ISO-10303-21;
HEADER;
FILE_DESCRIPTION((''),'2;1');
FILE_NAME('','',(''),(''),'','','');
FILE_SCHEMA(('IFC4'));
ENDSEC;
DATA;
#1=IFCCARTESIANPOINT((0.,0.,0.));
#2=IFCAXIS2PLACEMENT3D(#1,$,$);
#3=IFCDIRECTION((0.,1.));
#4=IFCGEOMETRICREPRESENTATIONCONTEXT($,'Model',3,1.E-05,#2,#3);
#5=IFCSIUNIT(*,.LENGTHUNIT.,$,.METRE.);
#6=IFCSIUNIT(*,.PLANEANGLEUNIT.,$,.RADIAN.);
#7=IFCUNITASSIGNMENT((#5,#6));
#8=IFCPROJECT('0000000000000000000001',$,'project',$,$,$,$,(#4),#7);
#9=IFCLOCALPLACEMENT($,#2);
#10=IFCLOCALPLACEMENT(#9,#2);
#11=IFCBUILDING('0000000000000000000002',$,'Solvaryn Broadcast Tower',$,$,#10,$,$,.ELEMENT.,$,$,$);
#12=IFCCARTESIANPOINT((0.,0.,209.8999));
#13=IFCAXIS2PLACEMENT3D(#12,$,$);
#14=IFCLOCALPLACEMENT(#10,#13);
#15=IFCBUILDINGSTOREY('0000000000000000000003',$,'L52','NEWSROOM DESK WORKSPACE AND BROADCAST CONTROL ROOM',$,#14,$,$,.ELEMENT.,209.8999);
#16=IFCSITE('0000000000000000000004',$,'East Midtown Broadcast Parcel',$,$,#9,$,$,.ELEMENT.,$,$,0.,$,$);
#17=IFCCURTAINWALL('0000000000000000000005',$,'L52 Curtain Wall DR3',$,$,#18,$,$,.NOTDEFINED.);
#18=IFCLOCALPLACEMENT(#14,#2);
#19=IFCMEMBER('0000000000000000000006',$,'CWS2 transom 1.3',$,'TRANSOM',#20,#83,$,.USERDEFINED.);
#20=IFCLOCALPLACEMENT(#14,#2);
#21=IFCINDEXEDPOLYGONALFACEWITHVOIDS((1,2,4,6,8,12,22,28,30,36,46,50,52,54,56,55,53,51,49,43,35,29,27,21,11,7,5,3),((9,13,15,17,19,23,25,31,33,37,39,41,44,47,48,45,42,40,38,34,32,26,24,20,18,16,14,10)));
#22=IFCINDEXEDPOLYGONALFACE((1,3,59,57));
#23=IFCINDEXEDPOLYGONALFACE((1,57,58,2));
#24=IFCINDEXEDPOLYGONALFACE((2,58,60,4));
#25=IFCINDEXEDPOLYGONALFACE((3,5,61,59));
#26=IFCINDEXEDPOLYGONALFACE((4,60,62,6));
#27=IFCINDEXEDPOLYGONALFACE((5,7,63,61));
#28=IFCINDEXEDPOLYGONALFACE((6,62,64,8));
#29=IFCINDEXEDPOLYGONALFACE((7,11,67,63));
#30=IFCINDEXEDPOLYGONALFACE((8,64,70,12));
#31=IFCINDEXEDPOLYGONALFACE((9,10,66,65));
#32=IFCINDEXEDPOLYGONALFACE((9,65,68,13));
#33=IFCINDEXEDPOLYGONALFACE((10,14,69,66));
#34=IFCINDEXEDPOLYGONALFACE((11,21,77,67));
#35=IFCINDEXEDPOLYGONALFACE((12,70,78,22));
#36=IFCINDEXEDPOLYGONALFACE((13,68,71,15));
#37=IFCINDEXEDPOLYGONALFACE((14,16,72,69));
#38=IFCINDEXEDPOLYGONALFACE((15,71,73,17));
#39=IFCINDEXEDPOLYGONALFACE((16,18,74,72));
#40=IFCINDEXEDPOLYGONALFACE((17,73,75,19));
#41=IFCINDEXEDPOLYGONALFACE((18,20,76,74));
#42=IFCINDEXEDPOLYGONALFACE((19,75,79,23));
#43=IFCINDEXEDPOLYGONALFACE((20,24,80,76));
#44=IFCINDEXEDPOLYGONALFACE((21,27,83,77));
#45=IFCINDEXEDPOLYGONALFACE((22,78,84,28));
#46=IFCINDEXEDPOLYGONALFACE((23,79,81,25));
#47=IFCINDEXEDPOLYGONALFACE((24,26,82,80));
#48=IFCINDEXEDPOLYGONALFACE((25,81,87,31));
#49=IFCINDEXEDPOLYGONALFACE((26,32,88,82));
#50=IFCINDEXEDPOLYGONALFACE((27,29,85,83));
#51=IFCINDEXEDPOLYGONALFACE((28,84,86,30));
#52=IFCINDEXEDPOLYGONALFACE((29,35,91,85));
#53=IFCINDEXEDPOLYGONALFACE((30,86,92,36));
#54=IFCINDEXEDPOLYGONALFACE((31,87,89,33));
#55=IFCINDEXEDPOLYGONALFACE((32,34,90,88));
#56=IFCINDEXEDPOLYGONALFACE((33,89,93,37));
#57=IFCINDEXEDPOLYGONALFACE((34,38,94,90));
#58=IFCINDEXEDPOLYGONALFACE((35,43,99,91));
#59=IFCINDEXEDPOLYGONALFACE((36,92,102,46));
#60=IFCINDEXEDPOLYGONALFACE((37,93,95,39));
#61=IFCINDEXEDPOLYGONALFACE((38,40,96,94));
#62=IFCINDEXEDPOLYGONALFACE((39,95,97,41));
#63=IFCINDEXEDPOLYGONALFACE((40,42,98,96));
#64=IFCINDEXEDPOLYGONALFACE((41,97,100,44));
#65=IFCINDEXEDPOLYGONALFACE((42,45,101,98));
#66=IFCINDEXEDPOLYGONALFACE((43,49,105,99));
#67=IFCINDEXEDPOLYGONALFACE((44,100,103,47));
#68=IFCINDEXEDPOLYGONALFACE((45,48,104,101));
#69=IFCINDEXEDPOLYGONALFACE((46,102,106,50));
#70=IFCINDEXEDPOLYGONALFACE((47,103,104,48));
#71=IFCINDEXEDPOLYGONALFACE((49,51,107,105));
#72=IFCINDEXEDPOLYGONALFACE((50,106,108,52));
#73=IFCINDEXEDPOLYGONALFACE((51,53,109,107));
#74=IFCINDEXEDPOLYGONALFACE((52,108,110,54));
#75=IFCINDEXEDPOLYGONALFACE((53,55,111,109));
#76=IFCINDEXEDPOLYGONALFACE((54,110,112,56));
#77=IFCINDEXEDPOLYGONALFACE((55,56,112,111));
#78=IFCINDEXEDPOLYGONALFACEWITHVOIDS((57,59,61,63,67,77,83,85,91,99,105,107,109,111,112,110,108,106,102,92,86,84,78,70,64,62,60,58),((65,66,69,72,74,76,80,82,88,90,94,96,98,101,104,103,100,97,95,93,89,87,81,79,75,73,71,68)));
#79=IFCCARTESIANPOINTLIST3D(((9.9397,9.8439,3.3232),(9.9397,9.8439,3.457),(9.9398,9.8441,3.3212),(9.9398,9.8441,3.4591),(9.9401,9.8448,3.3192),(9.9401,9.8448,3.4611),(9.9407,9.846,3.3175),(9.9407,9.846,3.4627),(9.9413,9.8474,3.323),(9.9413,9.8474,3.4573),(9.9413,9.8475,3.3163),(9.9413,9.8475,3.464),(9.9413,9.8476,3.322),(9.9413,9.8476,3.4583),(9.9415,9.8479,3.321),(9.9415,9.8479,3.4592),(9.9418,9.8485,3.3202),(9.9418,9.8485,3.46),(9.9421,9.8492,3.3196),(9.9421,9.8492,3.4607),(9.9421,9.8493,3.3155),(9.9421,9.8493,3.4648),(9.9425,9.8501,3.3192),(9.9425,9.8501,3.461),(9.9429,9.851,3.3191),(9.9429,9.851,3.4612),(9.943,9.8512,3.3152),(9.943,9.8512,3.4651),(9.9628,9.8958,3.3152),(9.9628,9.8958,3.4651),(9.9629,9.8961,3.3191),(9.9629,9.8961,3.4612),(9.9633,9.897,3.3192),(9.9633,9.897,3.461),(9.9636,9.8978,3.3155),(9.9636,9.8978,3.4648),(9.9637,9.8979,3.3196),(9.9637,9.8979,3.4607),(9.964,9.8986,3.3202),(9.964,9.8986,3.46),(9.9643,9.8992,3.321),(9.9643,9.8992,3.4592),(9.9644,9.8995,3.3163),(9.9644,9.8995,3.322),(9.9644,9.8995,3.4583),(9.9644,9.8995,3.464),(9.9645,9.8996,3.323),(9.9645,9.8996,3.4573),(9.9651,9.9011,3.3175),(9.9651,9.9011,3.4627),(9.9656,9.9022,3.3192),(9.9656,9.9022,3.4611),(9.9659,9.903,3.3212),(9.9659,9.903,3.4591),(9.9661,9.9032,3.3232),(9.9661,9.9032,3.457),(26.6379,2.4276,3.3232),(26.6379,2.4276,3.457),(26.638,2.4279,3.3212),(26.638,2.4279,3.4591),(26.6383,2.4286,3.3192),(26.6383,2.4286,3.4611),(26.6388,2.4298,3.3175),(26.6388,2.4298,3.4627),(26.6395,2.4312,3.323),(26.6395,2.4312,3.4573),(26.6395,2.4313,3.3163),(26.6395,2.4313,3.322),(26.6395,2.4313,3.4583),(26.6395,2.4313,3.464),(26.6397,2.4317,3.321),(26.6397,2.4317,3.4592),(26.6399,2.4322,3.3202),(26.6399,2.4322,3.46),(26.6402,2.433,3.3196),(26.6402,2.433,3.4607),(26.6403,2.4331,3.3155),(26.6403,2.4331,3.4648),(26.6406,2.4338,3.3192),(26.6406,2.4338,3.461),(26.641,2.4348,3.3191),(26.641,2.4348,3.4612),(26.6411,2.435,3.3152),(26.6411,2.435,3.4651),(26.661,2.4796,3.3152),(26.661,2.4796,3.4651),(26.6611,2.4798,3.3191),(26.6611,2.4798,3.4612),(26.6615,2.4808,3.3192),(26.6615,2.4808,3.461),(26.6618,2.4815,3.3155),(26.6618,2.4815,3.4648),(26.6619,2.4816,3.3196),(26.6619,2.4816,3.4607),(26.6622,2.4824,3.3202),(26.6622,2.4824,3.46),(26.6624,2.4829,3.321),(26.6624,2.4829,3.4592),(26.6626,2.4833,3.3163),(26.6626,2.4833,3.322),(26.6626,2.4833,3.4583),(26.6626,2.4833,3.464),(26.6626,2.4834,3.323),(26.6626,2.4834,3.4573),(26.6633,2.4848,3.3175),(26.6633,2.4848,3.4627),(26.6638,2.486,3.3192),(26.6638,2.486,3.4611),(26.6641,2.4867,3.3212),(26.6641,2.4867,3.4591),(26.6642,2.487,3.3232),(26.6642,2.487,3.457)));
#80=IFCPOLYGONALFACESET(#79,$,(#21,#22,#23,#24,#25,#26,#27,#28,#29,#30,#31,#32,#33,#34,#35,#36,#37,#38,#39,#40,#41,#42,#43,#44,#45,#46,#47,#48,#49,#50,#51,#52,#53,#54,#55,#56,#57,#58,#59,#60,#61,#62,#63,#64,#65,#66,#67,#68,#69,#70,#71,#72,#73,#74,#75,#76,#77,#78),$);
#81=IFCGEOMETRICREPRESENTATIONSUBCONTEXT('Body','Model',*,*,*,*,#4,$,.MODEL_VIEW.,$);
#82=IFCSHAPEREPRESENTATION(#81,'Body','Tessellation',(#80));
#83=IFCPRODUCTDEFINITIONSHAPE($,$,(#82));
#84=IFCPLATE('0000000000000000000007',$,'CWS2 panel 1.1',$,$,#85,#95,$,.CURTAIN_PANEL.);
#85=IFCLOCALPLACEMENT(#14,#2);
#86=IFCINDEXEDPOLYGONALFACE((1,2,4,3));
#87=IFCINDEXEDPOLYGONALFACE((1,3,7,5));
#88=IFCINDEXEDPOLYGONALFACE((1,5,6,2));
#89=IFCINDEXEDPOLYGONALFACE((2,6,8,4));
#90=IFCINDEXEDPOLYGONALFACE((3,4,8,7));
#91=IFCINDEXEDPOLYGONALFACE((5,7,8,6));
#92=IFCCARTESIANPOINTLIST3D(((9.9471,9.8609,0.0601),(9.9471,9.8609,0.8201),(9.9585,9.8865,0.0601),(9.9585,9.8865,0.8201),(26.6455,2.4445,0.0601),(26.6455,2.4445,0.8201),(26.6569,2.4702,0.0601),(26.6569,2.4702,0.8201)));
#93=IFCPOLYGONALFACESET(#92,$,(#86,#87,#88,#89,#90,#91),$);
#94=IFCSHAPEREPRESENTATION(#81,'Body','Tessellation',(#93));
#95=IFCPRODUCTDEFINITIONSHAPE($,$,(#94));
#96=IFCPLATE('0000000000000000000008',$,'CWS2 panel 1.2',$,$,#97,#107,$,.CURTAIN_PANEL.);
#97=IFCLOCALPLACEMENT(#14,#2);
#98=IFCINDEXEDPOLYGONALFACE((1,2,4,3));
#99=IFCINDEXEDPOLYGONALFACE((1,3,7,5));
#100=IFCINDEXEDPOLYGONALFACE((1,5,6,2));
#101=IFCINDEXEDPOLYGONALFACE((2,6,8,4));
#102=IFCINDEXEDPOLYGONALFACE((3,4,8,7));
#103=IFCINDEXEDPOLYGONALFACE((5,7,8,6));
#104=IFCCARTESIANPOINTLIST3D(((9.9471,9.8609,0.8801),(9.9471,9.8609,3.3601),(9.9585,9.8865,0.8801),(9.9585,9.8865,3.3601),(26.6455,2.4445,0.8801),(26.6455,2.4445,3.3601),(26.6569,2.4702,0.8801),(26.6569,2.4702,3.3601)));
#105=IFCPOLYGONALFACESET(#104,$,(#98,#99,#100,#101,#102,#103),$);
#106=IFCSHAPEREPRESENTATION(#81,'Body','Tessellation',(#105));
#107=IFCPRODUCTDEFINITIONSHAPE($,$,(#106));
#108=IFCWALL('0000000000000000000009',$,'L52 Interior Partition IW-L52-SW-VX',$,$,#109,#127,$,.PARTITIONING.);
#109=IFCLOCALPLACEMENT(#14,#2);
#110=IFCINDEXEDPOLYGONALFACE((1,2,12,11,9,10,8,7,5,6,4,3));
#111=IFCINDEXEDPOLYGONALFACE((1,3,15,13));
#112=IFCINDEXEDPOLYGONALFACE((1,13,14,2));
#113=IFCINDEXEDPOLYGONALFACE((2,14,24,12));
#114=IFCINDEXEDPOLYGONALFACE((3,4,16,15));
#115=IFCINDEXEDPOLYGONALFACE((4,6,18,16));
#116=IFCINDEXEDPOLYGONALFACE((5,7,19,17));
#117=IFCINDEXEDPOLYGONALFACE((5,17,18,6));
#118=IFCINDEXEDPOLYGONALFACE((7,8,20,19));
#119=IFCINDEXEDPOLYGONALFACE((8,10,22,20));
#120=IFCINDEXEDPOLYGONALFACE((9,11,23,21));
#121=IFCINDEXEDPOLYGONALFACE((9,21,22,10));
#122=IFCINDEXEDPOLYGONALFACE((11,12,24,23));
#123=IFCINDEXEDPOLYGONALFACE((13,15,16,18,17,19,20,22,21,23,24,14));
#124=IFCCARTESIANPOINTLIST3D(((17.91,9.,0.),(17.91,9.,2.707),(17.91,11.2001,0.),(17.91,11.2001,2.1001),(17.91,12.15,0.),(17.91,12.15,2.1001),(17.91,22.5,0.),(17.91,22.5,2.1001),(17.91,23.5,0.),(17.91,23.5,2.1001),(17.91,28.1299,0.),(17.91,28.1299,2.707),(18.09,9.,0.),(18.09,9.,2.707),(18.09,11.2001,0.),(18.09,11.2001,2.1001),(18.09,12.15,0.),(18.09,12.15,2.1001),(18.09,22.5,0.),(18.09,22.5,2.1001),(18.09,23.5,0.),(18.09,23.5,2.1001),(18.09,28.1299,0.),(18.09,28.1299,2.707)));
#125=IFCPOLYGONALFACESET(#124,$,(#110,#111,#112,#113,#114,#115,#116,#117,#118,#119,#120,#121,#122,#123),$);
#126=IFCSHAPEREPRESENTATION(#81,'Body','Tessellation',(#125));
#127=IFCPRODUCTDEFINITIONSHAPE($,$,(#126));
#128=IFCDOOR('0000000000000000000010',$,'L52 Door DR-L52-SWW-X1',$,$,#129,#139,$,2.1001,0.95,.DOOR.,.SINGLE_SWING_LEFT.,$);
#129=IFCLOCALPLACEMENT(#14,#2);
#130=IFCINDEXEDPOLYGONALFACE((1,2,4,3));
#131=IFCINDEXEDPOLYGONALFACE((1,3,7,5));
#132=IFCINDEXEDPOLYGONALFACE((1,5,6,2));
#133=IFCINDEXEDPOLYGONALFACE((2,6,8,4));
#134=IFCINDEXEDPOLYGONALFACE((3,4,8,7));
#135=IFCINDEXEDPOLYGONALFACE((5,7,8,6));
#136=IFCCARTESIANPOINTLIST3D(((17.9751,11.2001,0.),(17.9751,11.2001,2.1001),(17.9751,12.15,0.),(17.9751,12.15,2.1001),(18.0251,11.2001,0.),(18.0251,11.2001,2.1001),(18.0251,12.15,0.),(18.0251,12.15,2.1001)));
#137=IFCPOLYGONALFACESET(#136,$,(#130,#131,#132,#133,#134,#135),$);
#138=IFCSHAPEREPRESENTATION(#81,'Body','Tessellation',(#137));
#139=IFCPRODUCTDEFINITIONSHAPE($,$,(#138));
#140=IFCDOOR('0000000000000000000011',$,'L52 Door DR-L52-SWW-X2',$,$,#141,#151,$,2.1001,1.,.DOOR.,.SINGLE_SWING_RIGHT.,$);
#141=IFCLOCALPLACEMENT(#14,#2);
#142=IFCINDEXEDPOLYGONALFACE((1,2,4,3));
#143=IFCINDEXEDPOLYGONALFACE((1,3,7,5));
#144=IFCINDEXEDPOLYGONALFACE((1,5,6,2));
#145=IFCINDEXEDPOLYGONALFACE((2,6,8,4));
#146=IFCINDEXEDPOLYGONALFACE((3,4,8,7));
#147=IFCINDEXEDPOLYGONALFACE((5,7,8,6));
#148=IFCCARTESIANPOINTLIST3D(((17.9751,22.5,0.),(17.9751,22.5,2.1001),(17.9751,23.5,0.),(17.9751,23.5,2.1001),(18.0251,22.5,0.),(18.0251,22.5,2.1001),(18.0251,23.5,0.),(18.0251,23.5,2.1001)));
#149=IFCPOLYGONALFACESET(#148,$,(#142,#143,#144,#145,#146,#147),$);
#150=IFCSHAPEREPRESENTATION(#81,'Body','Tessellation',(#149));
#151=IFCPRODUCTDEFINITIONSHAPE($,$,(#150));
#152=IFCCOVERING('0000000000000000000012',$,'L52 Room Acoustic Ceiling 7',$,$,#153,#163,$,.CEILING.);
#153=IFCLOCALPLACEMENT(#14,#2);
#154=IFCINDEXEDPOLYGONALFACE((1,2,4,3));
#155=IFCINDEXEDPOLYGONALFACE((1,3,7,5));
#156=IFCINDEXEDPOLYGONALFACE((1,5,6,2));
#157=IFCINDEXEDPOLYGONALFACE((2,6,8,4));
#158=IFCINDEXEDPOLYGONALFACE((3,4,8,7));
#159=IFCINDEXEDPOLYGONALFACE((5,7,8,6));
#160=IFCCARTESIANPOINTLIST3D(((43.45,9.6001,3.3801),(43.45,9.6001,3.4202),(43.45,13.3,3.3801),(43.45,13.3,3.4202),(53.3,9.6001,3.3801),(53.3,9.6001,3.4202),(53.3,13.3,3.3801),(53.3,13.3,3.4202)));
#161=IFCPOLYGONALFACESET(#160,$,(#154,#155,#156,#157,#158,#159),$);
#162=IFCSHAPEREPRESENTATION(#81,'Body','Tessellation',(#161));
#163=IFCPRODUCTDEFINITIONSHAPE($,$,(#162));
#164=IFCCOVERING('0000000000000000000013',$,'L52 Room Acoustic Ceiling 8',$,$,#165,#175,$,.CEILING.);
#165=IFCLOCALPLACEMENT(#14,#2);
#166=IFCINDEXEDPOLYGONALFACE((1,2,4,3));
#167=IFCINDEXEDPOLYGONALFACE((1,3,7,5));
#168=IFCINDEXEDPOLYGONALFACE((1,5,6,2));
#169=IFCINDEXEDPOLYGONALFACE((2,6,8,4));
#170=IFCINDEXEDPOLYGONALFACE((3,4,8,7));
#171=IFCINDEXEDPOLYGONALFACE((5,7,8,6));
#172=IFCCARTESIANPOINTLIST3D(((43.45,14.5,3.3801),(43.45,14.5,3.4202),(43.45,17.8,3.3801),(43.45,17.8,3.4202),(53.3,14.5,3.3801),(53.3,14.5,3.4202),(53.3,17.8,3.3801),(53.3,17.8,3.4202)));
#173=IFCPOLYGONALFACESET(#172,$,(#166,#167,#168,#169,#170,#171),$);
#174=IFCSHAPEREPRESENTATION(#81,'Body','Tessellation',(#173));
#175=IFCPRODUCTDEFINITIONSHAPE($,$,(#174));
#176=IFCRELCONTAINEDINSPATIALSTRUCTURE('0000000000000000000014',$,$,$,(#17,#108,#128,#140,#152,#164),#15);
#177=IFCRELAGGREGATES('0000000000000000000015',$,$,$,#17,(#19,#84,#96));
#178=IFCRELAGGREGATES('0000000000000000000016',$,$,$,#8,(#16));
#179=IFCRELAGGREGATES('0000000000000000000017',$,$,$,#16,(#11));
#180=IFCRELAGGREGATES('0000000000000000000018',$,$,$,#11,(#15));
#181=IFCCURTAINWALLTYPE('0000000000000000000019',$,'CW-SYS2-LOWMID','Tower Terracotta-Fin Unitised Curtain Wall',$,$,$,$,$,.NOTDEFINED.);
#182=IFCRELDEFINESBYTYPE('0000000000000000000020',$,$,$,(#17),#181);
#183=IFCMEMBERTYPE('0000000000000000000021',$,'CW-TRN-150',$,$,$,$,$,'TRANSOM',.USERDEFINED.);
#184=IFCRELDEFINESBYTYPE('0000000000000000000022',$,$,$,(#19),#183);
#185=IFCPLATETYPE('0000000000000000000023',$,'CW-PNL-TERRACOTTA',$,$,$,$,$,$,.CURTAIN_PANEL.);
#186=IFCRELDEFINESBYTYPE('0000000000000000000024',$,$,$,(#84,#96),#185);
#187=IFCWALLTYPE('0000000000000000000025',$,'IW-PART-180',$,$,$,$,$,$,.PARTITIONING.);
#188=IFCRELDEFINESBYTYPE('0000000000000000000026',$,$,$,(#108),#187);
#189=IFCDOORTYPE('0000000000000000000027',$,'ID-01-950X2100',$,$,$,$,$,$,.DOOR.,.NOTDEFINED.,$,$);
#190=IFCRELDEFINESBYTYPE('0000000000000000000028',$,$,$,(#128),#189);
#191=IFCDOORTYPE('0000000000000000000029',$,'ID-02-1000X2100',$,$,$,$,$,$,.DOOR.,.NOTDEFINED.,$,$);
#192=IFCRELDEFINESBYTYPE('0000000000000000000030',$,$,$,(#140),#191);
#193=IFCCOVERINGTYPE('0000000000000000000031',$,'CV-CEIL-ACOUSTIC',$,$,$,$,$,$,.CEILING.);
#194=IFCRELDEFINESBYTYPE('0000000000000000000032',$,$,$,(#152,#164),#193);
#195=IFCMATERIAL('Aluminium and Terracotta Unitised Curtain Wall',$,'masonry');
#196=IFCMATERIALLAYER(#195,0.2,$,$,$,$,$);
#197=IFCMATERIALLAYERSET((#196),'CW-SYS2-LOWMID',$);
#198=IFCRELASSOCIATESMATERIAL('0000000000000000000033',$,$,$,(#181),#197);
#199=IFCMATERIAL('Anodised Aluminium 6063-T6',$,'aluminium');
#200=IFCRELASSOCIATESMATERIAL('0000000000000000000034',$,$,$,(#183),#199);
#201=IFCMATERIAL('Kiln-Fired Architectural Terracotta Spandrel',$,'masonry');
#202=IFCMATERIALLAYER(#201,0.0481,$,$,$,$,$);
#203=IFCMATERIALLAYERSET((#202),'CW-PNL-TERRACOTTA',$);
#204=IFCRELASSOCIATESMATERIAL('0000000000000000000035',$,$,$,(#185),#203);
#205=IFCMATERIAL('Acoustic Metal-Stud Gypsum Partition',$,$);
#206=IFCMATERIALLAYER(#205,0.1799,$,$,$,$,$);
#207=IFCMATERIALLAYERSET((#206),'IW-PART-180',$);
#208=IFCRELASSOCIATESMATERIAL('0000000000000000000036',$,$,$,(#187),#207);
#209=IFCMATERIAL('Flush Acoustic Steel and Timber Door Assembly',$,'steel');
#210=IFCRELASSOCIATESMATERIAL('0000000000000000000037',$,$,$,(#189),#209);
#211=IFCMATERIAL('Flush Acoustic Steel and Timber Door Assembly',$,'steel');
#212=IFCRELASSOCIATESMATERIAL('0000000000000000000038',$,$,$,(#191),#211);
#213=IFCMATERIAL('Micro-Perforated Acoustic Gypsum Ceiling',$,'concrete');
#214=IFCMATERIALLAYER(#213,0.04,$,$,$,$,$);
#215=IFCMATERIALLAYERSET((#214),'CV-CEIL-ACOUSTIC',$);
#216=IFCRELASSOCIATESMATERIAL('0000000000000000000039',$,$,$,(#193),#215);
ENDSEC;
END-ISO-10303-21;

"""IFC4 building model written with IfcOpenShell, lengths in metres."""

from ifc_helpers import new_model, si_unit, direction, frame, frame_2d, origin, origin_2d, place, context, subcontext, project, spatial, polyline, rectangle, hollow_rectangle, outline, extrude, material, layer, layer_set, material_profile, profile_set, type_object, element, fill, aggregate, save


model = new_model("IFC4")

# Units and contexts
model_context = context("Model", 3, precision=1e-05, world=origin(), true_north=direction((0.0, 1.0)))
body_context = subcontext(model_context, "Body", "Model", "MODEL_VIEW")
ifc_project = project(units=[si_unit("LENGTHUNIT", "METRE"), si_unit("PLANEANGLEUNIT", "RADIAN")], contexts=[model_context])

# Site, building, storey
site_placement = place(None, origin())
site = spatial("IfcSite", under=ifc_project, at=site_placement, Name="East Midtown Broadcast Parcel", CompositionType="ELEMENT", RefElevation=0.0)
building_placement = place(site_placement, origin())
building = spatial("IfcBuilding", under=site, at=building_placement, Name="Solvaryn Broadcast Tower", CompositionType="ELEMENT")
storey_placement = place(building_placement, frame((0.0, 0.0, 209.8999)))
storey = spatial("IfcBuildingStorey", under=building, at=storey_placement, Name="L52", Description="NEWSROOM DESK WORKSPACE AND BROADCAST CONTROL ROOM", CompositionType="ELEMENT", Elevation=209.8999)

# Curtain wall, member, plates
ifc_material_1 = material(Name="Aluminium and Terracotta Unitised Curtain Wall", Category="masonry")
ifc_layer_1 = layer(ifc_material_1, 0.2)
ifc_layer_set_1 = layer_set([ifc_layer_1], Name="CW-SYS2-LOWMID")
curtain_wall_type = type_object("IfcCurtainWallType", Name="CW-SYS2-LOWMID", Description="Tower Terracotta-Fin Unitised Curtain Wall", PredefinedType="NOTDEFINED", material=ifc_layer_set_1)
curtain_wall_placement = place(storey_placement, origin())
curtain_wall = element("IfcCurtainWall", 1, at=curtain_wall_placement, inside=storey, type_object=curtain_wall_type, Name="L52 Curtain Wall DR3", PredefinedType="NOTDEFINED")
ifc_material_2 = material(Name="Anodised Aluminium 6063-T6", Category="aluminium")
ifc_material_profile_1 = material_profile(ifc_material_2, hollow_rectangle(XDim=0.0649, YDim=0.1499, WallThickness=0.0039, InnerFilletRadius=0.0039, OuterFilletRadius=0.0081, at=origin_2d()))
ifc_profile_set_1 = profile_set([ifc_material_profile_1], Name="Anodised Aluminium 6063-T6")
member_type = type_object("IfcMemberType", Name="CW-TRN-150", ElementType="TRANSOM", PredefinedType="USERDEFINED", material=ifc_profile_set_1)
member_1_placement = place(storey_placement, frame((9.9529, 9.8735, 3.3901), z_axis=(0.913917, -0.405902, 0.0), x_axis=(0.405902, 0.913917, 0.0)))
member_1 = element("IfcMember", 2, at=member_1_placement, type_object=member_type, Name="CWS2 transom 1.3", ObjectType="TRANSOM", PredefinedType="USERDEFINED", context=body_context, shape_type="SweptSolid", body=[
    extrude(hollow_rectangle(XDim=0.0649, YDim=0.1499, WallThickness=0.0039, InnerFilletRadius=0.0039, OuterFilletRadius=0.0081, at=origin_2d()), origin(), (0.0, 0.0, 1.0), 18.271),
])
ifc_material_3 = material(Name="Kiln-Fired Architectural Terracotta Spandrel", Category="masonry")
ifc_layer_2 = layer(ifc_material_3, 0.0481)
ifc_layer_set_2 = layer_set([ifc_layer_2], Name="CW-PNL-TERRACOTTA")
plate_type = type_object("IfcPlateType", Name="CW-PNL-TERRACOTTA", PredefinedType="CURTAIN_PANEL", material=ifc_layer_set_2)
plate_1_placement = place(storey_placement, frame((18.302, 6.1655, 0.0601), z_axis=(0.0, 0.0, 1.0), x_axis=(0.913917, -0.405901, 0.0)))
plate_1 = element("IfcPlate", 3, at=plate_1_placement, type_object=plate_type, Name="CWS2 panel 1.1", PredefinedType="CURTAIN_PANEL", context=body_context, shape_type="SweptSolid", body=[
    extrude(rectangle(XDim=18.2712, YDim=0.0281, at=origin_2d()), origin(), (0.0, 0.0, 1.0), 0.76),
])
plate_2_placement = place(storey_placement, frame((18.302, 6.1655, 0.8801), z_axis=(0.0, 0.0, 1.0), x_axis=(0.913917, -0.405901, 0.0)))
plate_2 = element("IfcPlate", 4, at=plate_2_placement, type_object=plate_type, Name="CWS2 panel 1.2", PredefinedType="CURTAIN_PANEL", context=body_context, shape_type="SweptSolid", body=[
    extrude(rectangle(XDim=18.2712, YDim=0.0281, at=origin_2d()), origin(), (0.0, 0.0, 1.0), 2.48),
])
aggregate(curtain_wall, [member_1, plate_1, plate_2])

# Wall, openings, doors
ifc_material_4 = material(Name="Acoustic Metal-Stud Gypsum Partition")
ifc_layer_3 = layer(ifc_material_4, 0.1799)
ifc_layer_set_3 = layer_set([ifc_layer_3], Name="IW-PART-180")
wall_type = type_object("IfcWallType", Name="IW-PART-180", PredefinedType="PARTITIONING", material=ifc_layer_set_3)
wall_placement = place(storey_placement, frame((18.0, 9.0, 0.0), z_axis=(0.0, 0.0, 1.0), x_axis=(0.0, 1.0, 0.0)))
wall = element("IfcWall", 5, at=wall_placement, inside=storey, type_object=wall_type, Name="L52 Interior Partition IW-L52-SW-VX", PredefinedType="PARTITIONING", context=body_context, shape_type="SweptSolid", body=[
    extrude(rectangle(XDim=19.1299, YDim=0.1799, at=frame_2d((9.5649, 0.0))), origin(), (0.0, 0.0, 1.0), 2.707),
])
opening_1_placement = place(wall_placement, frame((2.2, 0.0, 0.0)))
opening_1 = element("IfcOpeningElement", 6, at=opening_1_placement, cuts=wall, PredefinedType="OPENING", context=body_context, shape_type="SweptSolid", body=[
    extrude(rectangle(XDim=0.95, YDim=2.1001, at=frame_2d((0.4751, 1.05))), frame((0.0, 0.0999, 0.0), z_axis=(0.0, -1.0, 0.0), x_axis=(1.0, 0.0, 0.0)), (0.0, 0.0, 1.0), 0.2),
])
opening_2_placement = place(wall_placement, frame((13.5, 0.0, 0.0)))
opening_2 = element("IfcOpeningElement", 7, at=opening_2_placement, cuts=wall, PredefinedType="OPENING", context=body_context, shape_type="SweptSolid", body=[
    extrude(rectangle(XDim=1.0, YDim=2.1001, at=frame_2d((0.5, 1.05))), frame((0.0, 0.0999, 0.0), z_axis=(0.0, -1.0, 0.0), x_axis=(1.0, 0.0, 0.0)), (0.0, 0.0, 1.0), 0.2),
])
ifc_material_5 = material(Name="Flush Acoustic Steel and Timber Door Assembly", Category="steel")
door_type_1 = type_object("IfcDoorType", Name="ID-01-950X2100", OperationType="NOTDEFINED", PredefinedType="DOOR", material=ifc_material_5)
door_1_placement = place(opening_1_placement, origin())
door_1 = element("IfcDoor", 8, at=door_1_placement, inside=storey, type_object=door_type_1, Name="L52 Door DR-L52-SWW-X1", OperationType="SINGLE_SWING_LEFT", OverallHeight=2.1001, OverallWidth=0.95, PredefinedType="DOOR", context=body_context, shape_type="SweptSolid", body=[
    extrude(rectangle(XDim=0.95, YDim=2.1001, at=frame_2d((0.4751, 1.05))), frame((0.0, 0.0249, 0.0), z_axis=(0.0, -1.0, 0.0), x_axis=(1.0, 0.0, 0.0)), (0.0, 0.0, 1.0), 0.05),
])
fill(opening_1, door_1)
ifc_material_6 = material(Name="Flush Acoustic Steel and Timber Door Assembly", Category="steel")
door_type_2 = type_object("IfcDoorType", Name="ID-02-1000X2100", OperationType="NOTDEFINED", PredefinedType="DOOR", material=ifc_material_6)
door_2_placement = place(opening_2_placement, origin())
door_2 = element("IfcDoor", 9, at=door_2_placement, inside=storey, type_object=door_type_2, Name="L52 Door DR-L52-SWW-X2", OperationType="SINGLE_SWING_RIGHT", OverallHeight=2.1001, OverallWidth=1.0, PredefinedType="DOOR", context=body_context, shape_type="SweptSolid", body=[
    extrude(rectangle(XDim=1.0, YDim=2.1001, at=frame_2d((0.5, 1.05))), frame((0.0, 0.0249, 0.0), z_axis=(0.0, -1.0, 0.0), x_axis=(1.0, 0.0, 0.0)), (0.0, 0.0, 1.0), 0.05),
])
fill(opening_2, door_2)

# Coverings
ifc_material_7 = material(Name="Micro-Perforated Acoustic Gypsum Ceiling", Category="concrete")
ifc_layer_4 = layer(ifc_material_7, 0.04)
ifc_layer_set_4 = layer_set([ifc_layer_4], Name="CV-CEIL-ACOUSTIC")
covering_type_1 = type_object("IfcCoveringType", Name="CV-CEIL-ACOUSTIC", PredefinedType="CEILING", material=ifc_layer_set_4)
covering_1_placement = place(storey_placement, frame((0.0, 0.0, 3.3801)))
element("IfcCovering", 10, at=covering_1_placement, inside=storey, type_object=covering_type_1, Name="L52 Room Acoustic Ceiling 7", PredefinedType="CEILING", context=body_context, shape_type="SweptSolid", body=[
    extrude(outline(polyline([(43.45, 9.6001), (53.3, 9.6001), (53.3, 13.3), (43.45, 13.3), (43.45, 9.6001)])), origin(), (0.0, 0.0, 1.0), 0.04),
])
covering_2_placement = place(storey_placement, frame((0.0, 0.0, 3.3801)))
element("IfcCovering", 11, at=covering_2_placement, inside=storey, type_object=covering_type_1, Name="L52 Room Acoustic Ceiling 8", PredefinedType="CEILING", context=body_context, shape_type="SweptSolid", body=[
    extrude(outline(polyline([(43.45, 14.5), (53.3, 14.5), (53.3, 17.8), (43.45, 17.8), (43.45, 14.5)])), origin(), (0.0, 0.0, 1.0), 0.04),
])

save(model, "model.ifc")
